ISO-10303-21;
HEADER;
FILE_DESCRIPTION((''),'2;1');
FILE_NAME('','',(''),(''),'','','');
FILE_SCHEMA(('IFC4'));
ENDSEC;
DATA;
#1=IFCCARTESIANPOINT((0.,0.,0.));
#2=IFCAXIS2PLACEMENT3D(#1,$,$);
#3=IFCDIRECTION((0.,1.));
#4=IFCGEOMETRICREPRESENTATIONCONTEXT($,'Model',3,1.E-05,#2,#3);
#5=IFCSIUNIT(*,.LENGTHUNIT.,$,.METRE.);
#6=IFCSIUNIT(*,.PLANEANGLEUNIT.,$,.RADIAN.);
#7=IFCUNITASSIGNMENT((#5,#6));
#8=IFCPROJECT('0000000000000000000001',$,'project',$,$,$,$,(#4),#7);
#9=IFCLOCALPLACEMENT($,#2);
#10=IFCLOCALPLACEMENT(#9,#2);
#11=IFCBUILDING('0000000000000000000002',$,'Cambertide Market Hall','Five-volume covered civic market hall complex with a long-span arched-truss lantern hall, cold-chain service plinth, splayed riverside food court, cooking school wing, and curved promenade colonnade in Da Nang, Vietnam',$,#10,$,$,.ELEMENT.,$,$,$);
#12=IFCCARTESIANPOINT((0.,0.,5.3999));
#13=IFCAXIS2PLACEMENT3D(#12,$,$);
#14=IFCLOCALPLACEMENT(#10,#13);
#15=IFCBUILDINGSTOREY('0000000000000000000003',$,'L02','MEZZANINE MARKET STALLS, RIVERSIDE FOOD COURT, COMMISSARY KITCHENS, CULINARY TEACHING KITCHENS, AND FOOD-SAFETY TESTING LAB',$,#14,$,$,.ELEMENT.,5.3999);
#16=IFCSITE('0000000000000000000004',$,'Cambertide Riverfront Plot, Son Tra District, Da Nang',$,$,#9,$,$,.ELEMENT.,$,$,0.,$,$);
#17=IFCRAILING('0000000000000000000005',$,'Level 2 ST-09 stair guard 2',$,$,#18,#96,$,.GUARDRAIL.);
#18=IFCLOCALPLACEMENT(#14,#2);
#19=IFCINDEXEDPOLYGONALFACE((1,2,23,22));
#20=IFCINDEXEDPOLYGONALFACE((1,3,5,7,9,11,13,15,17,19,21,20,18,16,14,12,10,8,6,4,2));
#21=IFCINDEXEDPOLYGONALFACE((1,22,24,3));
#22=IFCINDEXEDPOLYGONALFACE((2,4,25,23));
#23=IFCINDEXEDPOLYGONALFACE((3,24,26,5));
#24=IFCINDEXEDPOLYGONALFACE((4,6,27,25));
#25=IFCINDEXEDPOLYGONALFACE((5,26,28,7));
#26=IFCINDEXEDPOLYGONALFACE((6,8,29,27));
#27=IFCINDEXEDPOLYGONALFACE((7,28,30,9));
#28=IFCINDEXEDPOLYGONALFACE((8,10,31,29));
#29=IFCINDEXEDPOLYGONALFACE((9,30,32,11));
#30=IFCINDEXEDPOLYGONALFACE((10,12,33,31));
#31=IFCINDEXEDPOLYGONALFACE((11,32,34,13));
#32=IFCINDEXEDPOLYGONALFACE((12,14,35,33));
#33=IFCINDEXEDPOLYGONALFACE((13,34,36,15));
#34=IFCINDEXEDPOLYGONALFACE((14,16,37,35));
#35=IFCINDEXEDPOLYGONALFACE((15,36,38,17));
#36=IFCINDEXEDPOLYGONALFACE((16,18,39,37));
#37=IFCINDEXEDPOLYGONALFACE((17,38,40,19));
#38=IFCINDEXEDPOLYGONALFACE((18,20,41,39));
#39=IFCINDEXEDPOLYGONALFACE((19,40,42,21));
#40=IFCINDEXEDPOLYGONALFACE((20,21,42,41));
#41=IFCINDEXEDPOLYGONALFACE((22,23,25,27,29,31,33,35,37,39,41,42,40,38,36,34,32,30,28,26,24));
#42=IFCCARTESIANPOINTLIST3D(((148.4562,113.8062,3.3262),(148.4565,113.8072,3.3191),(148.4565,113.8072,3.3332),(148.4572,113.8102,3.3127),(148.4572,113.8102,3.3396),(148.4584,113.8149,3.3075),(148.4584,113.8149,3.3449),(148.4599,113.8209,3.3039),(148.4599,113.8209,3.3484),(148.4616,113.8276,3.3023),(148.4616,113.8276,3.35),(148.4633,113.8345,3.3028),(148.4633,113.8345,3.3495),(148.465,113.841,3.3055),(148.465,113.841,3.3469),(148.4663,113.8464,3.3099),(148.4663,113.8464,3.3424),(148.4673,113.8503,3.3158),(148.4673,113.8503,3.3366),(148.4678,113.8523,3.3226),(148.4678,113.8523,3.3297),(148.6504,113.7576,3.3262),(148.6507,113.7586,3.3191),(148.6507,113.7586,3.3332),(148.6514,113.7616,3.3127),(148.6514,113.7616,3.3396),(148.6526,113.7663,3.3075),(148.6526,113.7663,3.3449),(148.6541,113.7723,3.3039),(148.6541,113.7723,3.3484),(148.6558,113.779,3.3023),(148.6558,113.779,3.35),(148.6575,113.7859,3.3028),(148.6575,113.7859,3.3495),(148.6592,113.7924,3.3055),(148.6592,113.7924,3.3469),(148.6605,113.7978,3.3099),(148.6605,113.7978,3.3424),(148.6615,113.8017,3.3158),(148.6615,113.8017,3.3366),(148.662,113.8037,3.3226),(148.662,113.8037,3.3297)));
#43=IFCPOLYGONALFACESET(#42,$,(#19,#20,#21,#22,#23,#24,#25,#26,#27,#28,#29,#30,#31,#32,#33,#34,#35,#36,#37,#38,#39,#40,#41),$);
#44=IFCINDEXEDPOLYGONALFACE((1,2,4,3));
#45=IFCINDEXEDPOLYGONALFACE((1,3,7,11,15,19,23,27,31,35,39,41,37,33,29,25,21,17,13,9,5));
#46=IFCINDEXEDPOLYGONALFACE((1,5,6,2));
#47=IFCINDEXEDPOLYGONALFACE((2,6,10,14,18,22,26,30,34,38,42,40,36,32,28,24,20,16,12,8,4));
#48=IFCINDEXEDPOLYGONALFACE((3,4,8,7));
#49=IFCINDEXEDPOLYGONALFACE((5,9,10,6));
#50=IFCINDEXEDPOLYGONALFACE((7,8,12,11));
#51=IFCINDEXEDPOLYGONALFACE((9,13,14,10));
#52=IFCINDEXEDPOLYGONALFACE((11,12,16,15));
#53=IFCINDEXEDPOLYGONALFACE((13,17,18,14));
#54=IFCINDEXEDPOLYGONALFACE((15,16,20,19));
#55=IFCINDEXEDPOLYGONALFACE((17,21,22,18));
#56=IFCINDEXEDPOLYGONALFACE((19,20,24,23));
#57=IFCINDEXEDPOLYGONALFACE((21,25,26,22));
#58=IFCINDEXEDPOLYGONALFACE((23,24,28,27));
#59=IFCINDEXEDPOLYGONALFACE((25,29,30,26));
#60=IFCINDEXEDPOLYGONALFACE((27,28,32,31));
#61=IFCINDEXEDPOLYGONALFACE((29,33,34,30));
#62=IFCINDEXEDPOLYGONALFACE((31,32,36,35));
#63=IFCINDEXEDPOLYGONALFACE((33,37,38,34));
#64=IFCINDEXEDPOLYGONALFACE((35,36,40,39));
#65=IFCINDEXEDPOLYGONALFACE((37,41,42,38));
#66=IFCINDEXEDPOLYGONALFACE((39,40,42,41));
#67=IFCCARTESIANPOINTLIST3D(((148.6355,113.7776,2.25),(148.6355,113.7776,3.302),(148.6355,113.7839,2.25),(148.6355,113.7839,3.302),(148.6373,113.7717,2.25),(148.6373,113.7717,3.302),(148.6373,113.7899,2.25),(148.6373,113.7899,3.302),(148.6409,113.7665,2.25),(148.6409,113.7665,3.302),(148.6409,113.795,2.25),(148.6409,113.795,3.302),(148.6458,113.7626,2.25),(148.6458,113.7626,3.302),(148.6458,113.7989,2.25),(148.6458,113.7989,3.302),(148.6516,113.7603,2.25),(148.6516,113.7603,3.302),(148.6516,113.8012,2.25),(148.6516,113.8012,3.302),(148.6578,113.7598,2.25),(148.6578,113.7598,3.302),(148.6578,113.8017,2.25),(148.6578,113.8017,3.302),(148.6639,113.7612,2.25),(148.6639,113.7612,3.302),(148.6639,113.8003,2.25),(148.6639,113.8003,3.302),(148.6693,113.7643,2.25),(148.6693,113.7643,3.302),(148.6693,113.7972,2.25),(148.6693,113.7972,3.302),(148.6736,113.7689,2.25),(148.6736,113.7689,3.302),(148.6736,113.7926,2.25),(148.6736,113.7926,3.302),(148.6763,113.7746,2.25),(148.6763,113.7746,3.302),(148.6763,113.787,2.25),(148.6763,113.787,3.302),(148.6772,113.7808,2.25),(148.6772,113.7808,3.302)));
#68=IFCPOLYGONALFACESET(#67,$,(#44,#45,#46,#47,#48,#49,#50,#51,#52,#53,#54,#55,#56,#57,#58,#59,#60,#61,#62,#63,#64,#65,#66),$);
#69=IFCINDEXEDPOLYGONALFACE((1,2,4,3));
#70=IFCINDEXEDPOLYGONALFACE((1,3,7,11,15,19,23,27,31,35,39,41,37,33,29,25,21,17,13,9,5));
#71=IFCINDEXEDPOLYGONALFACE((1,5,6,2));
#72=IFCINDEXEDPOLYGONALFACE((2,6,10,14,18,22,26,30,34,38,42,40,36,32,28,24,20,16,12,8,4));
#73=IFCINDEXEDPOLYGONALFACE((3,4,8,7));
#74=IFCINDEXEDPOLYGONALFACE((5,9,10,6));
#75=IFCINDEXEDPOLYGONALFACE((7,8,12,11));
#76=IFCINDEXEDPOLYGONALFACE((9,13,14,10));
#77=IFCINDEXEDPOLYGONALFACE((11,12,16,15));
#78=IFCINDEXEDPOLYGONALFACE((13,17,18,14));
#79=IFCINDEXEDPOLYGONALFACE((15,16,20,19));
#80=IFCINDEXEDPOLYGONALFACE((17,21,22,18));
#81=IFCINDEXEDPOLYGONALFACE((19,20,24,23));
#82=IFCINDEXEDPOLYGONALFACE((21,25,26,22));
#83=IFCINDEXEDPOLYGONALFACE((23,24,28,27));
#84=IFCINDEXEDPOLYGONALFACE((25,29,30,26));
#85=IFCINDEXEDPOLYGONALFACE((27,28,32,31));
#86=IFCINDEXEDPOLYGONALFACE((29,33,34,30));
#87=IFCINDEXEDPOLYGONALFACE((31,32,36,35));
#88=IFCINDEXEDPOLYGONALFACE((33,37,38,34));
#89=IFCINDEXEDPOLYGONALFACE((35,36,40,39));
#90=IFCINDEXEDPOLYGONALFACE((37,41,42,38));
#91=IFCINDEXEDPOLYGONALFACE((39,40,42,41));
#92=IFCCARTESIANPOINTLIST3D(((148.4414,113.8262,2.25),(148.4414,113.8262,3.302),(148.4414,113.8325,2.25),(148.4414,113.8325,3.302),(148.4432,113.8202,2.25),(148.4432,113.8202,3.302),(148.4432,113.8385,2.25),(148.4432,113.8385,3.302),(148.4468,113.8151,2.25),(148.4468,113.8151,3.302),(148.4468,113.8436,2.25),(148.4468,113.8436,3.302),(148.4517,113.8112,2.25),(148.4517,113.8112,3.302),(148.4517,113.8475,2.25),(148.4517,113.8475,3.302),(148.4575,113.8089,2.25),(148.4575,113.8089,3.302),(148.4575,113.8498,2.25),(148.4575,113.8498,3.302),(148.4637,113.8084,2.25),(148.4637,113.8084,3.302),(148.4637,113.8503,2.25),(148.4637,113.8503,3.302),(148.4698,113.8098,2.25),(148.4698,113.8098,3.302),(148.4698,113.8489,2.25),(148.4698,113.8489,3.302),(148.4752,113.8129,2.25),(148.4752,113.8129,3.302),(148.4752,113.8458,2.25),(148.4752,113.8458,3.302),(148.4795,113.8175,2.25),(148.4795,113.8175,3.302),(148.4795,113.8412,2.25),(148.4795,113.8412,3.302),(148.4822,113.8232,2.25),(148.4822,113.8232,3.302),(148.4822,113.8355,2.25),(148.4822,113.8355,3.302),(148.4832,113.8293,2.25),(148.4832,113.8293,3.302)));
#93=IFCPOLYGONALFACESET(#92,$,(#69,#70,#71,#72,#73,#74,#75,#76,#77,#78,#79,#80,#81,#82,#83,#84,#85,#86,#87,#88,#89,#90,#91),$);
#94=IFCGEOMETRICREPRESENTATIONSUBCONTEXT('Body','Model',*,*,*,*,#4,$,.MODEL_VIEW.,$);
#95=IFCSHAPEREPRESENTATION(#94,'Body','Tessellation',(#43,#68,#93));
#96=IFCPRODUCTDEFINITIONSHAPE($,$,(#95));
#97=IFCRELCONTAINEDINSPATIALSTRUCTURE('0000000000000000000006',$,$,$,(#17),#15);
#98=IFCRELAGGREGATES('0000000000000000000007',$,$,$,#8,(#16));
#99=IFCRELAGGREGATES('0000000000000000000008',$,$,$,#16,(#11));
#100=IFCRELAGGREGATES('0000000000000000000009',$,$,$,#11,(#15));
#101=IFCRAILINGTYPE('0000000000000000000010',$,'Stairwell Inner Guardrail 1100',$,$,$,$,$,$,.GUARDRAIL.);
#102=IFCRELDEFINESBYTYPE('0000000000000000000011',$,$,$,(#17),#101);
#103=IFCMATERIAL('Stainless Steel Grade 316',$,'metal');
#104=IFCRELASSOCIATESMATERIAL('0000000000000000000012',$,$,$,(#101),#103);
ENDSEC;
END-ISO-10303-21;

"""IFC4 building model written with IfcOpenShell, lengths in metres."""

from ifc_helpers import new_model, si_unit, direction, frame, origin, origin_2d, place, context, subcontext, project, spatial, circle, extrude, material, type_object, element, save


model = new_model("IFC4")

# Units and contexts
model_context = context("Model", 3, precision=1e-05, world=origin(), true_north=direction((0.0, 1.0)))
body_context = subcontext(model_context, "Body", "Model", "MODEL_VIEW")
ifc_project = project(units=[si_unit("LENGTHUNIT", "METRE"), si_unit("PLANEANGLEUNIT", "RADIAN")], contexts=[model_context])

# Site, building, storey
site_placement = place(None, origin())
site = spatial("IfcSite", under=ifc_project, at=site_placement, Name="Cambertide Riverfront Plot, Son Tra District, Da Nang", CompositionType="ELEMENT", RefElevation=0.0)
building_placement = place(site_placement, origin())
building = spatial("IfcBuilding", under=site, at=building_placement, Name="Cambertide Market Hall", Description="Five-volume covered civic market hall complex with a long-span arched-truss lantern hall, cold-chain service plinth, splayed riverside food court, cooking school wing, and curved promenade colonnade in Da Nang, Vietnam", CompositionType="ELEMENT")
storey_placement = place(building_placement, frame((0.0, 0.0, 5.3999)))
storey = spatial("IfcBuildingStorey", under=building, at=storey_placement, Name="L02", Description="MEZZANINE MARKET STALLS, RIVERSIDE FOOD COURT, COMMISSARY KITCHENS, CULINARY TEACHING KITCHENS, AND FOOD-SAFETY TESTING LAB", CompositionType="ELEMENT", Elevation=5.3999)

# Railing
ifc_material_1 = material(Name="Stainless Steel Grade 316", Category="metal")
railing_type_1 = type_object("IfcRailingType", Name="Stairwell Inner Guardrail 1100", PredefinedType="GUARDRAIL", material=ifc_material_1)
railing_1_placement = place(storey_placement, frame((148.6562, 113.7808, 2.25)))
element("IfcRailing", 1, at=railing_1_placement, inside=storey, type_object=railing_type_1, Name="Level 2 ST-09 stair guard 2", PredefinedType="GUARDRAIL", context=body_context, shape_type="SweptSolid", body=[
    extrude(circle(Radius=0.0239, at=origin_2d()), frame((0.0, 0.0, 1.0762), z_axis=(-0.970071, 0.242823, 0.0), x_axis=(-0.242823, -0.970071, 0.0)), (0.0, 0.0, 1.0), 0.2002),
    extrude(circle(Radius=0.021, at=origin_2d()), origin(), (0.0, 0.0, 1.0), 1.052),
    extrude(circle(Radius=0.021, at=origin_2d()), frame((-0.1941, 0.0486, 0.0)), (0.0, 0.0, 1.0), 1.052),
])

save(model, "model.ifc")
